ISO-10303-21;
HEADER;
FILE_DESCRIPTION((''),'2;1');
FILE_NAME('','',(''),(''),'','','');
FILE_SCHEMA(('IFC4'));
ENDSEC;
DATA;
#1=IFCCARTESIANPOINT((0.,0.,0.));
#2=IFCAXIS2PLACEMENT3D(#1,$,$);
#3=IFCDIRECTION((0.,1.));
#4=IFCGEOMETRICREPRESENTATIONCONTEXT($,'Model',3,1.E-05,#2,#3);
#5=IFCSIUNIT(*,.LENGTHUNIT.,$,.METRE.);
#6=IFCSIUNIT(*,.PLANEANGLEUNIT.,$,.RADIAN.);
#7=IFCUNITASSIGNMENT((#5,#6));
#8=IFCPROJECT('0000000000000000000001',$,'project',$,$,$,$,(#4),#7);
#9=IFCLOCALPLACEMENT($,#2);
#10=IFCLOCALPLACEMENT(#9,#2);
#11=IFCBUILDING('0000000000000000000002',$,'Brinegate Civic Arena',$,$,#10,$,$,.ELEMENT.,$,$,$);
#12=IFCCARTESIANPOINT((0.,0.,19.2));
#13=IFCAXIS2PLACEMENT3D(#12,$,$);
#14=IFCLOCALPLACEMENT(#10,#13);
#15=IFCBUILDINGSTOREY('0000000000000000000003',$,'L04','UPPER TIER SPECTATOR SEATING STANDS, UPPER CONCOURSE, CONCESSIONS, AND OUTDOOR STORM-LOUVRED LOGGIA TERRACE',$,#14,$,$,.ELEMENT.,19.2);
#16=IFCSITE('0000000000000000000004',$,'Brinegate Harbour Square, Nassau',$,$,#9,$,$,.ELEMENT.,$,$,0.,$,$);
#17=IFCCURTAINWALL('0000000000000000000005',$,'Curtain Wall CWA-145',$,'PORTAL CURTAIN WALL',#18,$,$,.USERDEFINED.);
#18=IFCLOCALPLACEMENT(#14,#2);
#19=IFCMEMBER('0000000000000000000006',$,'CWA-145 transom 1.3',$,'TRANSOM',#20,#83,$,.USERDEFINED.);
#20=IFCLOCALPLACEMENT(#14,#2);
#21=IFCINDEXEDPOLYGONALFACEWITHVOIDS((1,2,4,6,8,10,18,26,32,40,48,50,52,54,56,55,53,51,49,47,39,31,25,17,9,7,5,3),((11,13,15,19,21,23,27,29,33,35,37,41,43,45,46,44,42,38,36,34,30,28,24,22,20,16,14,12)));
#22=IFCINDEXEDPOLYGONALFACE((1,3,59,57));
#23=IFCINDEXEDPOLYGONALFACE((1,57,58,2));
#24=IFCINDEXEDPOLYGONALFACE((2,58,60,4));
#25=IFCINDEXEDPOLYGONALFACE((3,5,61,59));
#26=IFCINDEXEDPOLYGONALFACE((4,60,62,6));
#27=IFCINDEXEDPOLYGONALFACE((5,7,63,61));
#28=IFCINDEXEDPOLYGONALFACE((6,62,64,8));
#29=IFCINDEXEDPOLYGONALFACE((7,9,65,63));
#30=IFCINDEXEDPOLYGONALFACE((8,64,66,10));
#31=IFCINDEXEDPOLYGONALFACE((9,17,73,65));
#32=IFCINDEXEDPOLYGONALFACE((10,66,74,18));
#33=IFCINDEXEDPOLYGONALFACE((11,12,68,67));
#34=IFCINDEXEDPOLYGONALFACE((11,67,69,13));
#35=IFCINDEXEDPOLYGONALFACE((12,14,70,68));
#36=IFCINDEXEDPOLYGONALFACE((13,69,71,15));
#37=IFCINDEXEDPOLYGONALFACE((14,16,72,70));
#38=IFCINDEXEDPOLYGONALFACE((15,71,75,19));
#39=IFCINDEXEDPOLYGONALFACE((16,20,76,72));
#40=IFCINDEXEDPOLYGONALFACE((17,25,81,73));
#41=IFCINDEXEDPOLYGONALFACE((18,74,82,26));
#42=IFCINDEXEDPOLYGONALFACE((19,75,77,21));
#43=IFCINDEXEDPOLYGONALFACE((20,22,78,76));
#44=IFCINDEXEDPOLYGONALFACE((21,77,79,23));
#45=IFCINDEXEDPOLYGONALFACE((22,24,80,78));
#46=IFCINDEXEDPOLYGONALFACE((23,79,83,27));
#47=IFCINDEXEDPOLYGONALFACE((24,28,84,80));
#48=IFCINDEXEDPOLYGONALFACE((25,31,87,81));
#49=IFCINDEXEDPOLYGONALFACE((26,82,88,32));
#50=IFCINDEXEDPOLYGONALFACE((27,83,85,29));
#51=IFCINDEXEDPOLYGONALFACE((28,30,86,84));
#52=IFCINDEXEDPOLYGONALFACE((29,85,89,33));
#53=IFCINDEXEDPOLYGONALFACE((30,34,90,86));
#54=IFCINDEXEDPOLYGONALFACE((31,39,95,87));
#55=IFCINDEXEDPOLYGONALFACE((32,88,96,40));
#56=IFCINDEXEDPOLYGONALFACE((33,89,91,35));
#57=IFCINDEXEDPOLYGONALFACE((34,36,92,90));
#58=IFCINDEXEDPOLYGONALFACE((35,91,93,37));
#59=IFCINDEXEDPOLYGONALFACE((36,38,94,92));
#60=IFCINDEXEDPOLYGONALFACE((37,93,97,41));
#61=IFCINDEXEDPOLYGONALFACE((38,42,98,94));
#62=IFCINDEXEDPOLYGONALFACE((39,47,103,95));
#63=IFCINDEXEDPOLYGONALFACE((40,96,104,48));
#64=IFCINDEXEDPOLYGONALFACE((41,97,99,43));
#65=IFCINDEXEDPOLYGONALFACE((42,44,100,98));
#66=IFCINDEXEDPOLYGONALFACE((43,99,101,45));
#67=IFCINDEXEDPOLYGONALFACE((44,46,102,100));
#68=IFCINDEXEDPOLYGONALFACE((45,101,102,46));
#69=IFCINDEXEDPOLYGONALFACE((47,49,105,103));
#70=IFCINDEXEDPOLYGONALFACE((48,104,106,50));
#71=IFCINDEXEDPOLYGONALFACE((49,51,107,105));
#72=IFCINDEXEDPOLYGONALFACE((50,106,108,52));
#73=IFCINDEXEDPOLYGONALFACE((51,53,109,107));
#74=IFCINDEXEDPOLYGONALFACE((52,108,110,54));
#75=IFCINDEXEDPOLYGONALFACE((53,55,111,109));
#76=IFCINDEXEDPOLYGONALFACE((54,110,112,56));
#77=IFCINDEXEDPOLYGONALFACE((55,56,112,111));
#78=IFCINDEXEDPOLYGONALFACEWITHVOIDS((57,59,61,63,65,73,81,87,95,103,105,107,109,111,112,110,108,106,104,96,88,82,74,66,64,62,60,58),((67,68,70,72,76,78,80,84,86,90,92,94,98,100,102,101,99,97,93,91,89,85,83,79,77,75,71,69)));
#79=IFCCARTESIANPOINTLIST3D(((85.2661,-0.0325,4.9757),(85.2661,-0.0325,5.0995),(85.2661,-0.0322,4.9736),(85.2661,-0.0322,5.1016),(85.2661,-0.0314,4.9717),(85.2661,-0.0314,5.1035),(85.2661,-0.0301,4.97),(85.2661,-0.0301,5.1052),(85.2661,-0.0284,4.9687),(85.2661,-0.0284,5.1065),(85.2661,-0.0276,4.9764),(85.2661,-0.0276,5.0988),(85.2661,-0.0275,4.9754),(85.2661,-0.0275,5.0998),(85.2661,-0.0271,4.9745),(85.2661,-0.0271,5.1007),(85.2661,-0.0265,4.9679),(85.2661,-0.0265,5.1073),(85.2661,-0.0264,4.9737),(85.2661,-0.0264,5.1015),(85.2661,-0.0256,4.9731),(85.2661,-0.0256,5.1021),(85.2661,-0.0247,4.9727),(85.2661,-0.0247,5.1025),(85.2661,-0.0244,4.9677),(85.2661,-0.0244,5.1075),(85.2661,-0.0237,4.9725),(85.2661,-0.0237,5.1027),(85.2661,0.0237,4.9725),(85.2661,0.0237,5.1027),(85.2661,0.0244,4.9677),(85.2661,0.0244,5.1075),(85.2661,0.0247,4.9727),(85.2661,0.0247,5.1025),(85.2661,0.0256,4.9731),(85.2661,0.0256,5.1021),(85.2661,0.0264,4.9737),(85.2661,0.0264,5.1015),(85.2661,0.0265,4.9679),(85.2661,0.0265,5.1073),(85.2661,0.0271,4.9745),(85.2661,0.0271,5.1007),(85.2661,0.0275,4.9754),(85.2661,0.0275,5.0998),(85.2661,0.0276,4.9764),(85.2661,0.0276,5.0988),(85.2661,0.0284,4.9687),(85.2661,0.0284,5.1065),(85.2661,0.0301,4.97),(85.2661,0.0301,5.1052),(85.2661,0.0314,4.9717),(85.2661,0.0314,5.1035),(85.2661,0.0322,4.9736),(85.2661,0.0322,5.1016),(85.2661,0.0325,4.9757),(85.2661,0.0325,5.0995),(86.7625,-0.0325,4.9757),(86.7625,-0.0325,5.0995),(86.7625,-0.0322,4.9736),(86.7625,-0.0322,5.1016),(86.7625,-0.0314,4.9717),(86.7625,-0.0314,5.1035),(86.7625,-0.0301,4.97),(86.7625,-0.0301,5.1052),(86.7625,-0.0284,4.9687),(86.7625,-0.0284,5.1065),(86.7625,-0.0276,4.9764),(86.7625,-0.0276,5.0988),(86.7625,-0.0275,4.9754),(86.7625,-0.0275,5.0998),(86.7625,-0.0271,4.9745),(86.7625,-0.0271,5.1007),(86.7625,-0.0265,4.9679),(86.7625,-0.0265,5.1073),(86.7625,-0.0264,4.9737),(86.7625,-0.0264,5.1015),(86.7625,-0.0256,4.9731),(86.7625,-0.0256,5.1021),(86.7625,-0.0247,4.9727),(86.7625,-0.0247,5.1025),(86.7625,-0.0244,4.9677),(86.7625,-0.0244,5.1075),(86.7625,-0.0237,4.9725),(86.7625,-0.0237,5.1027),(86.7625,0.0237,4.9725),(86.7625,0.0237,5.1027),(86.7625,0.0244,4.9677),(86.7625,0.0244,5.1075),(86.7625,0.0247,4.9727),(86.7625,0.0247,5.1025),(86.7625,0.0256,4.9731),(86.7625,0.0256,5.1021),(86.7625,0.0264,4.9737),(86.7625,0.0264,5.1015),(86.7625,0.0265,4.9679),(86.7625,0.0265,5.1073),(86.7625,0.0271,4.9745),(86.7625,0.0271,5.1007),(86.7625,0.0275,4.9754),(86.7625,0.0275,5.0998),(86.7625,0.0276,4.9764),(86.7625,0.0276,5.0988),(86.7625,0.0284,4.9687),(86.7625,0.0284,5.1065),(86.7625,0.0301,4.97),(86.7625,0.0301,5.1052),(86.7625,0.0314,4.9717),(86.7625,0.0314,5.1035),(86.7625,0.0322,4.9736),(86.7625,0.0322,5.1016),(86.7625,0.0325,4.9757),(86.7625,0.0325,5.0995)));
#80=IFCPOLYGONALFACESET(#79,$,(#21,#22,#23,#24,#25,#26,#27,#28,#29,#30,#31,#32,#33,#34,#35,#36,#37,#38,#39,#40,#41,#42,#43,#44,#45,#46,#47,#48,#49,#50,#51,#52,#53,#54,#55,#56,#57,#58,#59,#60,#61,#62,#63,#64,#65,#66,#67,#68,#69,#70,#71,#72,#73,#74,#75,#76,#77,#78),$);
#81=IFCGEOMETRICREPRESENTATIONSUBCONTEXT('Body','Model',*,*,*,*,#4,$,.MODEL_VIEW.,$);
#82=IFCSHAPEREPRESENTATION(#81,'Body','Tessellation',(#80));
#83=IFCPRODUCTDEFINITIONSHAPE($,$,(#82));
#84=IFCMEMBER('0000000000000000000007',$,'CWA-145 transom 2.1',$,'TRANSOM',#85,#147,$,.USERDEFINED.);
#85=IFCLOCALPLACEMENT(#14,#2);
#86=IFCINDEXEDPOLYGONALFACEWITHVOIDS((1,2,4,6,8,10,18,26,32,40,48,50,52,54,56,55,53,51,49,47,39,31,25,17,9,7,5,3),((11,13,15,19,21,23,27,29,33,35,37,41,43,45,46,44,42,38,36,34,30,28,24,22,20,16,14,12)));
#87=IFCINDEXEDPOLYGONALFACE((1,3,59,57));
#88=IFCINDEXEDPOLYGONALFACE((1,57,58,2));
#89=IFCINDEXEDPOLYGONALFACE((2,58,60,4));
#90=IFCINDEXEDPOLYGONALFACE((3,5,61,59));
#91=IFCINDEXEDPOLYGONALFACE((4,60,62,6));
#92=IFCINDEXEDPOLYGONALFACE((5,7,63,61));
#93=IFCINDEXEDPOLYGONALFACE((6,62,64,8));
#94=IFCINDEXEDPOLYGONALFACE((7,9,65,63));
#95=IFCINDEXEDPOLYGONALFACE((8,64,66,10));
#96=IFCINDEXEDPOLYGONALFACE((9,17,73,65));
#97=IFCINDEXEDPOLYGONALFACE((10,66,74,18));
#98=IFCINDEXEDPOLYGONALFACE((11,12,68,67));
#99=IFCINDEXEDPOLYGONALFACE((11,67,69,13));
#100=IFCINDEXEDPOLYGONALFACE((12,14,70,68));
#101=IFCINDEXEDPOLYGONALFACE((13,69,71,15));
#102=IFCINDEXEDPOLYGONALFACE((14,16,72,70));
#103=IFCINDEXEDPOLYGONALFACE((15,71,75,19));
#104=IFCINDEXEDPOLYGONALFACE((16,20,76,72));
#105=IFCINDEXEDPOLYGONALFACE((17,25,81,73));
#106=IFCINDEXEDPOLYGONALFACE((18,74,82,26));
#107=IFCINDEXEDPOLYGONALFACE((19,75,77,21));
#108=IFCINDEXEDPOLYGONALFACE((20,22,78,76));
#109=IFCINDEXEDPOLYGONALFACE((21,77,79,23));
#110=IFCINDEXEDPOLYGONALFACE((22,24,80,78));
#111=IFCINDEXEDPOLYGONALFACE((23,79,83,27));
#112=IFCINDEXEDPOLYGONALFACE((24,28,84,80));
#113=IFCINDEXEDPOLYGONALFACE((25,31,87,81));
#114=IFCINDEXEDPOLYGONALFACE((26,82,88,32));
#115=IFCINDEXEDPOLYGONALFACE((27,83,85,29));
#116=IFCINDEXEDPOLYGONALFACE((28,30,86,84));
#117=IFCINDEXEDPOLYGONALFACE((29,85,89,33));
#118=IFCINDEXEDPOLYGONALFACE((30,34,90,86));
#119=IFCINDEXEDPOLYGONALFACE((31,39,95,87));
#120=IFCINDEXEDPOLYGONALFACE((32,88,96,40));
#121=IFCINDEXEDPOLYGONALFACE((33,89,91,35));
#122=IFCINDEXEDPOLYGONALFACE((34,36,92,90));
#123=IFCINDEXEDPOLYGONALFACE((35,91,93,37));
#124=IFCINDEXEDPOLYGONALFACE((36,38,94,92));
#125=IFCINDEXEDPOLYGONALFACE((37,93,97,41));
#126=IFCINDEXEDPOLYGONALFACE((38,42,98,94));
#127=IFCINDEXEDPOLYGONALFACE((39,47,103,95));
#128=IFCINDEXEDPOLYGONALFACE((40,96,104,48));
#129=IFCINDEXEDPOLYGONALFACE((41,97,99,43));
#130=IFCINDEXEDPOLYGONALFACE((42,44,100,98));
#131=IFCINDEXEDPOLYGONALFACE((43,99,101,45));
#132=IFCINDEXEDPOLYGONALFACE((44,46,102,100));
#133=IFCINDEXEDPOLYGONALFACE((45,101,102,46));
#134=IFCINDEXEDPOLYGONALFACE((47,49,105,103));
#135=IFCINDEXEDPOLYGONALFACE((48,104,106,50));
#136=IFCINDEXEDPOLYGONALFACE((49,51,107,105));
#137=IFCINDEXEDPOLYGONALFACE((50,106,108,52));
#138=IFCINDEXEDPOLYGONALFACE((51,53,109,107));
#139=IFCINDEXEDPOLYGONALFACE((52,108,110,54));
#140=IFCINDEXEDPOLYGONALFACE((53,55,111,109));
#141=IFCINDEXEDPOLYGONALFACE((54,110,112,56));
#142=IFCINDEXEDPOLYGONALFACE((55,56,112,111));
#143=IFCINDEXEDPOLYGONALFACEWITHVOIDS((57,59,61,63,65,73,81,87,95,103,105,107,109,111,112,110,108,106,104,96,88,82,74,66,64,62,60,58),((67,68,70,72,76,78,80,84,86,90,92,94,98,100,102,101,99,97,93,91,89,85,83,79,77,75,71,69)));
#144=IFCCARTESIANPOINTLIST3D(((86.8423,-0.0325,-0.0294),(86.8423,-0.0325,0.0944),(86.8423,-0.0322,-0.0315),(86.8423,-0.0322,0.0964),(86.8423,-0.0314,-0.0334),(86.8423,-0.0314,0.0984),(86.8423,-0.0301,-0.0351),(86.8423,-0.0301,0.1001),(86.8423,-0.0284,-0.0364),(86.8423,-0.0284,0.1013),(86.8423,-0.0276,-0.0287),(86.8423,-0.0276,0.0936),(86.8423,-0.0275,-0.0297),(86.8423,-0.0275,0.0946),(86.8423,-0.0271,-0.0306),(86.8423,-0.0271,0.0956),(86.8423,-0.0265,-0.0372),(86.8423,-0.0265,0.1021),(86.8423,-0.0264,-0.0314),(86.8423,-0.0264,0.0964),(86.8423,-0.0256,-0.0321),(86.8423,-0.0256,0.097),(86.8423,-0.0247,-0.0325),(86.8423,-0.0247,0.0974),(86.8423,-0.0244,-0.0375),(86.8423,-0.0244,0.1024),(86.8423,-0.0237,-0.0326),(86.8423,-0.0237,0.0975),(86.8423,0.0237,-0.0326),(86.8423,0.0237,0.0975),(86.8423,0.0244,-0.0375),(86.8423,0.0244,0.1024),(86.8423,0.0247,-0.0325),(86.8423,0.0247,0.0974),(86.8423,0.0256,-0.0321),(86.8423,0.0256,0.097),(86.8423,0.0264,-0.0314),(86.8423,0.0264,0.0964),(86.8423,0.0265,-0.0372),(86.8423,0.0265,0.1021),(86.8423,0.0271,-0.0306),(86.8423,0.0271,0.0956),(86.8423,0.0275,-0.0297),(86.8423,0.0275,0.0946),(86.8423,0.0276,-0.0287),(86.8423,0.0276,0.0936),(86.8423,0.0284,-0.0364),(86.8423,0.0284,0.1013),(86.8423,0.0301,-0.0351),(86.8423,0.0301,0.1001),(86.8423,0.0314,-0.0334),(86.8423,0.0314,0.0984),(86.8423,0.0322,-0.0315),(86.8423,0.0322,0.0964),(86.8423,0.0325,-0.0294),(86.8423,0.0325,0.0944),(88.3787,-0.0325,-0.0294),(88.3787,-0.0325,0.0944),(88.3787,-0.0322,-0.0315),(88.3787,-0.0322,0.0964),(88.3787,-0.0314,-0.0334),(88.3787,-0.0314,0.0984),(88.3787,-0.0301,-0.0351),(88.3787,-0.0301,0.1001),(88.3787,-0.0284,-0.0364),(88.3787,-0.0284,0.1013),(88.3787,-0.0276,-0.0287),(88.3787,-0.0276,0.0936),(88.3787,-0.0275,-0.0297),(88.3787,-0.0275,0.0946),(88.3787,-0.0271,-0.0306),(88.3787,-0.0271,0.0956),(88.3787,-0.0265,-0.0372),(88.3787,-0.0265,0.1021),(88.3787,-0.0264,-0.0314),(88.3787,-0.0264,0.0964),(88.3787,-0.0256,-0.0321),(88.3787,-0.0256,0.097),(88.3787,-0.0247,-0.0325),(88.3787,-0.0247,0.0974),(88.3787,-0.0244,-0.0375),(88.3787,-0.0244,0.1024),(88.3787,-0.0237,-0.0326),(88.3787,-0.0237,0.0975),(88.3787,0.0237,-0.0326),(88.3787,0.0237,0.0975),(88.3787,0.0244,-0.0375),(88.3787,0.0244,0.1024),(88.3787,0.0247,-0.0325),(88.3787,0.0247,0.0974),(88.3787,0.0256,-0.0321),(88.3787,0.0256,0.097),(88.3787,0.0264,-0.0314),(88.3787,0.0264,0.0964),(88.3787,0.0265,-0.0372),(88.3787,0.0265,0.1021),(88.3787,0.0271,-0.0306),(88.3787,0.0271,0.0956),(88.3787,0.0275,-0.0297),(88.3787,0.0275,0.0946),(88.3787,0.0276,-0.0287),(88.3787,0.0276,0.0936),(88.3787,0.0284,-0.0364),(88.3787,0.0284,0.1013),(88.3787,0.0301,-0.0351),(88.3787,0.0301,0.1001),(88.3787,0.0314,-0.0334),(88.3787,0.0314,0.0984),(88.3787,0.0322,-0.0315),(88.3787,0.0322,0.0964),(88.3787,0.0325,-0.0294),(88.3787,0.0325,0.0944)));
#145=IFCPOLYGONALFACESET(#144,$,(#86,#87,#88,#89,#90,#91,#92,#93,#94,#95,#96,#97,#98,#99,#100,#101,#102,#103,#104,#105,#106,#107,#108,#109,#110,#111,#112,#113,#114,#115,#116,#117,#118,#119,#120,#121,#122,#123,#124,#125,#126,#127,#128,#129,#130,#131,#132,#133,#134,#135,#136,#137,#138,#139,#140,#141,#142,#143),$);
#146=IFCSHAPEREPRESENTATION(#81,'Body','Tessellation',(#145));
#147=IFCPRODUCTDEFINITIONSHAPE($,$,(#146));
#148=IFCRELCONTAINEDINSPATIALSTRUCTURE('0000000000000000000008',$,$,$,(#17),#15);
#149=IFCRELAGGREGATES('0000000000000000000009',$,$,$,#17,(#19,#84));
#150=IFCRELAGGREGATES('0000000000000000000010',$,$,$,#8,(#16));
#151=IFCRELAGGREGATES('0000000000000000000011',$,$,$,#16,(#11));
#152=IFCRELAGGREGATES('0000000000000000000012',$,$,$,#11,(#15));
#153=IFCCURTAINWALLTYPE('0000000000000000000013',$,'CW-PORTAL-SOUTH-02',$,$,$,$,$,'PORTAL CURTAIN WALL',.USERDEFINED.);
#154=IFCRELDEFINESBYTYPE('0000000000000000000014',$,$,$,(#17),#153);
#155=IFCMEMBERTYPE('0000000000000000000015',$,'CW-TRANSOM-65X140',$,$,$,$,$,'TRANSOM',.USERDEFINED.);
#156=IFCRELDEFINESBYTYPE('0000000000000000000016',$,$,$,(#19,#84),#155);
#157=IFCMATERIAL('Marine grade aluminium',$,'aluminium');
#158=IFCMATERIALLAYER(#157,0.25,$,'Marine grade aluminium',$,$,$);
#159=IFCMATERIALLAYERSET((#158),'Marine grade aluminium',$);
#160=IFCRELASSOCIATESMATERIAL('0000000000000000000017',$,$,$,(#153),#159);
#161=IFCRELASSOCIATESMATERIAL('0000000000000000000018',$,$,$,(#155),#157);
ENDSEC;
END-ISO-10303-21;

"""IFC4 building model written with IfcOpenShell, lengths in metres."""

from ifc_helpers import new_model, si_unit, direction, frame, origin, origin_2d, place, context, subcontext, project, spatial, hollow_rectangle, extrude, material, layer, layer_set, material_profile, profile_set, type_object, element, aggregate, save


model = new_model("IFC4")

# Units and contexts
model_context = context("Model", 3, precision=1e-05, world=origin(), true_north=direction((0.0, 1.0)))
body_context = subcontext(model_context, "Body", "Model", "MODEL_VIEW")
ifc_project = project(units=[si_unit("LENGTHUNIT", "METRE"), si_unit("PLANEANGLEUNIT", "RADIAN")], contexts=[model_context])

# Site, building, storey
site_placement = place(None, origin())
site = spatial("IfcSite", under=ifc_project, at=site_placement, Name="Brinegate Harbour Square, Nassau", CompositionType="ELEMENT", RefElevation=0.0)
building_placement = place(site_placement, origin())
building = spatial("IfcBuilding", under=site, at=building_placement, Name="Brinegate Civic Arena", CompositionType="ELEMENT")
storey_placement = place(building_placement, frame((0.0, 0.0, 19.2)))
storey = spatial("IfcBuildingStorey", under=building, at=storey_placement, Name="L04", Description="UPPER TIER SPECTATOR SEATING STANDS, UPPER CONCOURSE, CONCESSIONS, AND OUTDOOR STORM-LOUVRED LOGGIA TERRACE", CompositionType="ELEMENT", Elevation=19.2)

# Curtain wall, members
ifc_material_1 = material(Name="Marine grade aluminium", Category="aluminium")
ifc_layer_1 = layer(ifc_material_1, 0.25, Name="Marine grade aluminium")
ifc_layer_set_1 = layer_set([ifc_layer_1], Name="Marine grade aluminium")
curtain_wall_type = type_object("IfcCurtainWallType", Name="CW-PORTAL-SOUTH-02", ElementType="PORTAL CURTAIN WALL", PredefinedType="USERDEFINED", material=ifc_layer_set_1)
curtain_wall_placement = place(storey_placement, origin())
curtain_wall = element("IfcCurtainWall", 1, at=curtain_wall_placement, inside=storey, type_object=curtain_wall_type, Name="Curtain Wall CWA-145", ObjectType="PORTAL CURTAIN WALL", PredefinedType="USERDEFINED")
ifc_material_profile_1 = material_profile(ifc_material_1, hollow_rectangle(XDim=0.0649, YDim=0.1399, WallThickness=0.0049, InnerFilletRadius=0.0039, OuterFilletRadius=0.0081, at=origin_2d()), Name="TRN65X140")
ifc_profile_set_1 = profile_set([ifc_material_profile_1], Name="Marine grade aluminium")
member_type_1 = type_object("IfcMemberType", Name="CW-TRANSOM-65X140", ElementType="TRANSOM", PredefinedType="USERDEFINED", material=ifc_profile_set_1)
member_1_placement = place(storey_placement, frame((85.2661, 0.0, 5.0376), z_axis=(1.0, 0.0, 0.0), x_axis=(0.0, 1.0, 0.0)))
member_1 = element("IfcMember", 2, at=member_1_placement, type_object=member_type_1, Name="CWA-145 transom 1.3", ObjectType="TRANSOM", PredefinedType="USERDEFINED", context=body_context, shape_type="SweptSolid", body=[
    extrude(hollow_rectangle(XDim=0.0649, YDim=0.1399, WallThickness=0.0049, InnerFilletRadius=0.0039, OuterFilletRadius=0.0081, at=origin_2d()), origin(), (0.0, 0.0, 1.0), 1.4963),
])
member_2_placement = place(storey_placement, frame((86.8423, 0.0, 0.0325), z_axis=(1.0, 0.0, 0.0), x_axis=(0.0, 1.0, 0.0)))
member_2 = element("IfcMember", 3, at=member_2_placement, type_object=member_type_1, Name="CWA-145 transom 2.1", ObjectType="TRANSOM", PredefinedType="USERDEFINED", context=body_context, shape_type="SweptSolid", body=[
    extrude(hollow_rectangle(XDim=0.0649, YDim=0.1399, WallThickness=0.0049, InnerFilletRadius=0.0039, OuterFilletRadius=0.0081, at=origin_2d()), origin(), (0.0, 0.0, 1.0), 1.5364),
])
aggregate(curtain_wall, [member_1, member_2])

save(model, "model.ifc")
